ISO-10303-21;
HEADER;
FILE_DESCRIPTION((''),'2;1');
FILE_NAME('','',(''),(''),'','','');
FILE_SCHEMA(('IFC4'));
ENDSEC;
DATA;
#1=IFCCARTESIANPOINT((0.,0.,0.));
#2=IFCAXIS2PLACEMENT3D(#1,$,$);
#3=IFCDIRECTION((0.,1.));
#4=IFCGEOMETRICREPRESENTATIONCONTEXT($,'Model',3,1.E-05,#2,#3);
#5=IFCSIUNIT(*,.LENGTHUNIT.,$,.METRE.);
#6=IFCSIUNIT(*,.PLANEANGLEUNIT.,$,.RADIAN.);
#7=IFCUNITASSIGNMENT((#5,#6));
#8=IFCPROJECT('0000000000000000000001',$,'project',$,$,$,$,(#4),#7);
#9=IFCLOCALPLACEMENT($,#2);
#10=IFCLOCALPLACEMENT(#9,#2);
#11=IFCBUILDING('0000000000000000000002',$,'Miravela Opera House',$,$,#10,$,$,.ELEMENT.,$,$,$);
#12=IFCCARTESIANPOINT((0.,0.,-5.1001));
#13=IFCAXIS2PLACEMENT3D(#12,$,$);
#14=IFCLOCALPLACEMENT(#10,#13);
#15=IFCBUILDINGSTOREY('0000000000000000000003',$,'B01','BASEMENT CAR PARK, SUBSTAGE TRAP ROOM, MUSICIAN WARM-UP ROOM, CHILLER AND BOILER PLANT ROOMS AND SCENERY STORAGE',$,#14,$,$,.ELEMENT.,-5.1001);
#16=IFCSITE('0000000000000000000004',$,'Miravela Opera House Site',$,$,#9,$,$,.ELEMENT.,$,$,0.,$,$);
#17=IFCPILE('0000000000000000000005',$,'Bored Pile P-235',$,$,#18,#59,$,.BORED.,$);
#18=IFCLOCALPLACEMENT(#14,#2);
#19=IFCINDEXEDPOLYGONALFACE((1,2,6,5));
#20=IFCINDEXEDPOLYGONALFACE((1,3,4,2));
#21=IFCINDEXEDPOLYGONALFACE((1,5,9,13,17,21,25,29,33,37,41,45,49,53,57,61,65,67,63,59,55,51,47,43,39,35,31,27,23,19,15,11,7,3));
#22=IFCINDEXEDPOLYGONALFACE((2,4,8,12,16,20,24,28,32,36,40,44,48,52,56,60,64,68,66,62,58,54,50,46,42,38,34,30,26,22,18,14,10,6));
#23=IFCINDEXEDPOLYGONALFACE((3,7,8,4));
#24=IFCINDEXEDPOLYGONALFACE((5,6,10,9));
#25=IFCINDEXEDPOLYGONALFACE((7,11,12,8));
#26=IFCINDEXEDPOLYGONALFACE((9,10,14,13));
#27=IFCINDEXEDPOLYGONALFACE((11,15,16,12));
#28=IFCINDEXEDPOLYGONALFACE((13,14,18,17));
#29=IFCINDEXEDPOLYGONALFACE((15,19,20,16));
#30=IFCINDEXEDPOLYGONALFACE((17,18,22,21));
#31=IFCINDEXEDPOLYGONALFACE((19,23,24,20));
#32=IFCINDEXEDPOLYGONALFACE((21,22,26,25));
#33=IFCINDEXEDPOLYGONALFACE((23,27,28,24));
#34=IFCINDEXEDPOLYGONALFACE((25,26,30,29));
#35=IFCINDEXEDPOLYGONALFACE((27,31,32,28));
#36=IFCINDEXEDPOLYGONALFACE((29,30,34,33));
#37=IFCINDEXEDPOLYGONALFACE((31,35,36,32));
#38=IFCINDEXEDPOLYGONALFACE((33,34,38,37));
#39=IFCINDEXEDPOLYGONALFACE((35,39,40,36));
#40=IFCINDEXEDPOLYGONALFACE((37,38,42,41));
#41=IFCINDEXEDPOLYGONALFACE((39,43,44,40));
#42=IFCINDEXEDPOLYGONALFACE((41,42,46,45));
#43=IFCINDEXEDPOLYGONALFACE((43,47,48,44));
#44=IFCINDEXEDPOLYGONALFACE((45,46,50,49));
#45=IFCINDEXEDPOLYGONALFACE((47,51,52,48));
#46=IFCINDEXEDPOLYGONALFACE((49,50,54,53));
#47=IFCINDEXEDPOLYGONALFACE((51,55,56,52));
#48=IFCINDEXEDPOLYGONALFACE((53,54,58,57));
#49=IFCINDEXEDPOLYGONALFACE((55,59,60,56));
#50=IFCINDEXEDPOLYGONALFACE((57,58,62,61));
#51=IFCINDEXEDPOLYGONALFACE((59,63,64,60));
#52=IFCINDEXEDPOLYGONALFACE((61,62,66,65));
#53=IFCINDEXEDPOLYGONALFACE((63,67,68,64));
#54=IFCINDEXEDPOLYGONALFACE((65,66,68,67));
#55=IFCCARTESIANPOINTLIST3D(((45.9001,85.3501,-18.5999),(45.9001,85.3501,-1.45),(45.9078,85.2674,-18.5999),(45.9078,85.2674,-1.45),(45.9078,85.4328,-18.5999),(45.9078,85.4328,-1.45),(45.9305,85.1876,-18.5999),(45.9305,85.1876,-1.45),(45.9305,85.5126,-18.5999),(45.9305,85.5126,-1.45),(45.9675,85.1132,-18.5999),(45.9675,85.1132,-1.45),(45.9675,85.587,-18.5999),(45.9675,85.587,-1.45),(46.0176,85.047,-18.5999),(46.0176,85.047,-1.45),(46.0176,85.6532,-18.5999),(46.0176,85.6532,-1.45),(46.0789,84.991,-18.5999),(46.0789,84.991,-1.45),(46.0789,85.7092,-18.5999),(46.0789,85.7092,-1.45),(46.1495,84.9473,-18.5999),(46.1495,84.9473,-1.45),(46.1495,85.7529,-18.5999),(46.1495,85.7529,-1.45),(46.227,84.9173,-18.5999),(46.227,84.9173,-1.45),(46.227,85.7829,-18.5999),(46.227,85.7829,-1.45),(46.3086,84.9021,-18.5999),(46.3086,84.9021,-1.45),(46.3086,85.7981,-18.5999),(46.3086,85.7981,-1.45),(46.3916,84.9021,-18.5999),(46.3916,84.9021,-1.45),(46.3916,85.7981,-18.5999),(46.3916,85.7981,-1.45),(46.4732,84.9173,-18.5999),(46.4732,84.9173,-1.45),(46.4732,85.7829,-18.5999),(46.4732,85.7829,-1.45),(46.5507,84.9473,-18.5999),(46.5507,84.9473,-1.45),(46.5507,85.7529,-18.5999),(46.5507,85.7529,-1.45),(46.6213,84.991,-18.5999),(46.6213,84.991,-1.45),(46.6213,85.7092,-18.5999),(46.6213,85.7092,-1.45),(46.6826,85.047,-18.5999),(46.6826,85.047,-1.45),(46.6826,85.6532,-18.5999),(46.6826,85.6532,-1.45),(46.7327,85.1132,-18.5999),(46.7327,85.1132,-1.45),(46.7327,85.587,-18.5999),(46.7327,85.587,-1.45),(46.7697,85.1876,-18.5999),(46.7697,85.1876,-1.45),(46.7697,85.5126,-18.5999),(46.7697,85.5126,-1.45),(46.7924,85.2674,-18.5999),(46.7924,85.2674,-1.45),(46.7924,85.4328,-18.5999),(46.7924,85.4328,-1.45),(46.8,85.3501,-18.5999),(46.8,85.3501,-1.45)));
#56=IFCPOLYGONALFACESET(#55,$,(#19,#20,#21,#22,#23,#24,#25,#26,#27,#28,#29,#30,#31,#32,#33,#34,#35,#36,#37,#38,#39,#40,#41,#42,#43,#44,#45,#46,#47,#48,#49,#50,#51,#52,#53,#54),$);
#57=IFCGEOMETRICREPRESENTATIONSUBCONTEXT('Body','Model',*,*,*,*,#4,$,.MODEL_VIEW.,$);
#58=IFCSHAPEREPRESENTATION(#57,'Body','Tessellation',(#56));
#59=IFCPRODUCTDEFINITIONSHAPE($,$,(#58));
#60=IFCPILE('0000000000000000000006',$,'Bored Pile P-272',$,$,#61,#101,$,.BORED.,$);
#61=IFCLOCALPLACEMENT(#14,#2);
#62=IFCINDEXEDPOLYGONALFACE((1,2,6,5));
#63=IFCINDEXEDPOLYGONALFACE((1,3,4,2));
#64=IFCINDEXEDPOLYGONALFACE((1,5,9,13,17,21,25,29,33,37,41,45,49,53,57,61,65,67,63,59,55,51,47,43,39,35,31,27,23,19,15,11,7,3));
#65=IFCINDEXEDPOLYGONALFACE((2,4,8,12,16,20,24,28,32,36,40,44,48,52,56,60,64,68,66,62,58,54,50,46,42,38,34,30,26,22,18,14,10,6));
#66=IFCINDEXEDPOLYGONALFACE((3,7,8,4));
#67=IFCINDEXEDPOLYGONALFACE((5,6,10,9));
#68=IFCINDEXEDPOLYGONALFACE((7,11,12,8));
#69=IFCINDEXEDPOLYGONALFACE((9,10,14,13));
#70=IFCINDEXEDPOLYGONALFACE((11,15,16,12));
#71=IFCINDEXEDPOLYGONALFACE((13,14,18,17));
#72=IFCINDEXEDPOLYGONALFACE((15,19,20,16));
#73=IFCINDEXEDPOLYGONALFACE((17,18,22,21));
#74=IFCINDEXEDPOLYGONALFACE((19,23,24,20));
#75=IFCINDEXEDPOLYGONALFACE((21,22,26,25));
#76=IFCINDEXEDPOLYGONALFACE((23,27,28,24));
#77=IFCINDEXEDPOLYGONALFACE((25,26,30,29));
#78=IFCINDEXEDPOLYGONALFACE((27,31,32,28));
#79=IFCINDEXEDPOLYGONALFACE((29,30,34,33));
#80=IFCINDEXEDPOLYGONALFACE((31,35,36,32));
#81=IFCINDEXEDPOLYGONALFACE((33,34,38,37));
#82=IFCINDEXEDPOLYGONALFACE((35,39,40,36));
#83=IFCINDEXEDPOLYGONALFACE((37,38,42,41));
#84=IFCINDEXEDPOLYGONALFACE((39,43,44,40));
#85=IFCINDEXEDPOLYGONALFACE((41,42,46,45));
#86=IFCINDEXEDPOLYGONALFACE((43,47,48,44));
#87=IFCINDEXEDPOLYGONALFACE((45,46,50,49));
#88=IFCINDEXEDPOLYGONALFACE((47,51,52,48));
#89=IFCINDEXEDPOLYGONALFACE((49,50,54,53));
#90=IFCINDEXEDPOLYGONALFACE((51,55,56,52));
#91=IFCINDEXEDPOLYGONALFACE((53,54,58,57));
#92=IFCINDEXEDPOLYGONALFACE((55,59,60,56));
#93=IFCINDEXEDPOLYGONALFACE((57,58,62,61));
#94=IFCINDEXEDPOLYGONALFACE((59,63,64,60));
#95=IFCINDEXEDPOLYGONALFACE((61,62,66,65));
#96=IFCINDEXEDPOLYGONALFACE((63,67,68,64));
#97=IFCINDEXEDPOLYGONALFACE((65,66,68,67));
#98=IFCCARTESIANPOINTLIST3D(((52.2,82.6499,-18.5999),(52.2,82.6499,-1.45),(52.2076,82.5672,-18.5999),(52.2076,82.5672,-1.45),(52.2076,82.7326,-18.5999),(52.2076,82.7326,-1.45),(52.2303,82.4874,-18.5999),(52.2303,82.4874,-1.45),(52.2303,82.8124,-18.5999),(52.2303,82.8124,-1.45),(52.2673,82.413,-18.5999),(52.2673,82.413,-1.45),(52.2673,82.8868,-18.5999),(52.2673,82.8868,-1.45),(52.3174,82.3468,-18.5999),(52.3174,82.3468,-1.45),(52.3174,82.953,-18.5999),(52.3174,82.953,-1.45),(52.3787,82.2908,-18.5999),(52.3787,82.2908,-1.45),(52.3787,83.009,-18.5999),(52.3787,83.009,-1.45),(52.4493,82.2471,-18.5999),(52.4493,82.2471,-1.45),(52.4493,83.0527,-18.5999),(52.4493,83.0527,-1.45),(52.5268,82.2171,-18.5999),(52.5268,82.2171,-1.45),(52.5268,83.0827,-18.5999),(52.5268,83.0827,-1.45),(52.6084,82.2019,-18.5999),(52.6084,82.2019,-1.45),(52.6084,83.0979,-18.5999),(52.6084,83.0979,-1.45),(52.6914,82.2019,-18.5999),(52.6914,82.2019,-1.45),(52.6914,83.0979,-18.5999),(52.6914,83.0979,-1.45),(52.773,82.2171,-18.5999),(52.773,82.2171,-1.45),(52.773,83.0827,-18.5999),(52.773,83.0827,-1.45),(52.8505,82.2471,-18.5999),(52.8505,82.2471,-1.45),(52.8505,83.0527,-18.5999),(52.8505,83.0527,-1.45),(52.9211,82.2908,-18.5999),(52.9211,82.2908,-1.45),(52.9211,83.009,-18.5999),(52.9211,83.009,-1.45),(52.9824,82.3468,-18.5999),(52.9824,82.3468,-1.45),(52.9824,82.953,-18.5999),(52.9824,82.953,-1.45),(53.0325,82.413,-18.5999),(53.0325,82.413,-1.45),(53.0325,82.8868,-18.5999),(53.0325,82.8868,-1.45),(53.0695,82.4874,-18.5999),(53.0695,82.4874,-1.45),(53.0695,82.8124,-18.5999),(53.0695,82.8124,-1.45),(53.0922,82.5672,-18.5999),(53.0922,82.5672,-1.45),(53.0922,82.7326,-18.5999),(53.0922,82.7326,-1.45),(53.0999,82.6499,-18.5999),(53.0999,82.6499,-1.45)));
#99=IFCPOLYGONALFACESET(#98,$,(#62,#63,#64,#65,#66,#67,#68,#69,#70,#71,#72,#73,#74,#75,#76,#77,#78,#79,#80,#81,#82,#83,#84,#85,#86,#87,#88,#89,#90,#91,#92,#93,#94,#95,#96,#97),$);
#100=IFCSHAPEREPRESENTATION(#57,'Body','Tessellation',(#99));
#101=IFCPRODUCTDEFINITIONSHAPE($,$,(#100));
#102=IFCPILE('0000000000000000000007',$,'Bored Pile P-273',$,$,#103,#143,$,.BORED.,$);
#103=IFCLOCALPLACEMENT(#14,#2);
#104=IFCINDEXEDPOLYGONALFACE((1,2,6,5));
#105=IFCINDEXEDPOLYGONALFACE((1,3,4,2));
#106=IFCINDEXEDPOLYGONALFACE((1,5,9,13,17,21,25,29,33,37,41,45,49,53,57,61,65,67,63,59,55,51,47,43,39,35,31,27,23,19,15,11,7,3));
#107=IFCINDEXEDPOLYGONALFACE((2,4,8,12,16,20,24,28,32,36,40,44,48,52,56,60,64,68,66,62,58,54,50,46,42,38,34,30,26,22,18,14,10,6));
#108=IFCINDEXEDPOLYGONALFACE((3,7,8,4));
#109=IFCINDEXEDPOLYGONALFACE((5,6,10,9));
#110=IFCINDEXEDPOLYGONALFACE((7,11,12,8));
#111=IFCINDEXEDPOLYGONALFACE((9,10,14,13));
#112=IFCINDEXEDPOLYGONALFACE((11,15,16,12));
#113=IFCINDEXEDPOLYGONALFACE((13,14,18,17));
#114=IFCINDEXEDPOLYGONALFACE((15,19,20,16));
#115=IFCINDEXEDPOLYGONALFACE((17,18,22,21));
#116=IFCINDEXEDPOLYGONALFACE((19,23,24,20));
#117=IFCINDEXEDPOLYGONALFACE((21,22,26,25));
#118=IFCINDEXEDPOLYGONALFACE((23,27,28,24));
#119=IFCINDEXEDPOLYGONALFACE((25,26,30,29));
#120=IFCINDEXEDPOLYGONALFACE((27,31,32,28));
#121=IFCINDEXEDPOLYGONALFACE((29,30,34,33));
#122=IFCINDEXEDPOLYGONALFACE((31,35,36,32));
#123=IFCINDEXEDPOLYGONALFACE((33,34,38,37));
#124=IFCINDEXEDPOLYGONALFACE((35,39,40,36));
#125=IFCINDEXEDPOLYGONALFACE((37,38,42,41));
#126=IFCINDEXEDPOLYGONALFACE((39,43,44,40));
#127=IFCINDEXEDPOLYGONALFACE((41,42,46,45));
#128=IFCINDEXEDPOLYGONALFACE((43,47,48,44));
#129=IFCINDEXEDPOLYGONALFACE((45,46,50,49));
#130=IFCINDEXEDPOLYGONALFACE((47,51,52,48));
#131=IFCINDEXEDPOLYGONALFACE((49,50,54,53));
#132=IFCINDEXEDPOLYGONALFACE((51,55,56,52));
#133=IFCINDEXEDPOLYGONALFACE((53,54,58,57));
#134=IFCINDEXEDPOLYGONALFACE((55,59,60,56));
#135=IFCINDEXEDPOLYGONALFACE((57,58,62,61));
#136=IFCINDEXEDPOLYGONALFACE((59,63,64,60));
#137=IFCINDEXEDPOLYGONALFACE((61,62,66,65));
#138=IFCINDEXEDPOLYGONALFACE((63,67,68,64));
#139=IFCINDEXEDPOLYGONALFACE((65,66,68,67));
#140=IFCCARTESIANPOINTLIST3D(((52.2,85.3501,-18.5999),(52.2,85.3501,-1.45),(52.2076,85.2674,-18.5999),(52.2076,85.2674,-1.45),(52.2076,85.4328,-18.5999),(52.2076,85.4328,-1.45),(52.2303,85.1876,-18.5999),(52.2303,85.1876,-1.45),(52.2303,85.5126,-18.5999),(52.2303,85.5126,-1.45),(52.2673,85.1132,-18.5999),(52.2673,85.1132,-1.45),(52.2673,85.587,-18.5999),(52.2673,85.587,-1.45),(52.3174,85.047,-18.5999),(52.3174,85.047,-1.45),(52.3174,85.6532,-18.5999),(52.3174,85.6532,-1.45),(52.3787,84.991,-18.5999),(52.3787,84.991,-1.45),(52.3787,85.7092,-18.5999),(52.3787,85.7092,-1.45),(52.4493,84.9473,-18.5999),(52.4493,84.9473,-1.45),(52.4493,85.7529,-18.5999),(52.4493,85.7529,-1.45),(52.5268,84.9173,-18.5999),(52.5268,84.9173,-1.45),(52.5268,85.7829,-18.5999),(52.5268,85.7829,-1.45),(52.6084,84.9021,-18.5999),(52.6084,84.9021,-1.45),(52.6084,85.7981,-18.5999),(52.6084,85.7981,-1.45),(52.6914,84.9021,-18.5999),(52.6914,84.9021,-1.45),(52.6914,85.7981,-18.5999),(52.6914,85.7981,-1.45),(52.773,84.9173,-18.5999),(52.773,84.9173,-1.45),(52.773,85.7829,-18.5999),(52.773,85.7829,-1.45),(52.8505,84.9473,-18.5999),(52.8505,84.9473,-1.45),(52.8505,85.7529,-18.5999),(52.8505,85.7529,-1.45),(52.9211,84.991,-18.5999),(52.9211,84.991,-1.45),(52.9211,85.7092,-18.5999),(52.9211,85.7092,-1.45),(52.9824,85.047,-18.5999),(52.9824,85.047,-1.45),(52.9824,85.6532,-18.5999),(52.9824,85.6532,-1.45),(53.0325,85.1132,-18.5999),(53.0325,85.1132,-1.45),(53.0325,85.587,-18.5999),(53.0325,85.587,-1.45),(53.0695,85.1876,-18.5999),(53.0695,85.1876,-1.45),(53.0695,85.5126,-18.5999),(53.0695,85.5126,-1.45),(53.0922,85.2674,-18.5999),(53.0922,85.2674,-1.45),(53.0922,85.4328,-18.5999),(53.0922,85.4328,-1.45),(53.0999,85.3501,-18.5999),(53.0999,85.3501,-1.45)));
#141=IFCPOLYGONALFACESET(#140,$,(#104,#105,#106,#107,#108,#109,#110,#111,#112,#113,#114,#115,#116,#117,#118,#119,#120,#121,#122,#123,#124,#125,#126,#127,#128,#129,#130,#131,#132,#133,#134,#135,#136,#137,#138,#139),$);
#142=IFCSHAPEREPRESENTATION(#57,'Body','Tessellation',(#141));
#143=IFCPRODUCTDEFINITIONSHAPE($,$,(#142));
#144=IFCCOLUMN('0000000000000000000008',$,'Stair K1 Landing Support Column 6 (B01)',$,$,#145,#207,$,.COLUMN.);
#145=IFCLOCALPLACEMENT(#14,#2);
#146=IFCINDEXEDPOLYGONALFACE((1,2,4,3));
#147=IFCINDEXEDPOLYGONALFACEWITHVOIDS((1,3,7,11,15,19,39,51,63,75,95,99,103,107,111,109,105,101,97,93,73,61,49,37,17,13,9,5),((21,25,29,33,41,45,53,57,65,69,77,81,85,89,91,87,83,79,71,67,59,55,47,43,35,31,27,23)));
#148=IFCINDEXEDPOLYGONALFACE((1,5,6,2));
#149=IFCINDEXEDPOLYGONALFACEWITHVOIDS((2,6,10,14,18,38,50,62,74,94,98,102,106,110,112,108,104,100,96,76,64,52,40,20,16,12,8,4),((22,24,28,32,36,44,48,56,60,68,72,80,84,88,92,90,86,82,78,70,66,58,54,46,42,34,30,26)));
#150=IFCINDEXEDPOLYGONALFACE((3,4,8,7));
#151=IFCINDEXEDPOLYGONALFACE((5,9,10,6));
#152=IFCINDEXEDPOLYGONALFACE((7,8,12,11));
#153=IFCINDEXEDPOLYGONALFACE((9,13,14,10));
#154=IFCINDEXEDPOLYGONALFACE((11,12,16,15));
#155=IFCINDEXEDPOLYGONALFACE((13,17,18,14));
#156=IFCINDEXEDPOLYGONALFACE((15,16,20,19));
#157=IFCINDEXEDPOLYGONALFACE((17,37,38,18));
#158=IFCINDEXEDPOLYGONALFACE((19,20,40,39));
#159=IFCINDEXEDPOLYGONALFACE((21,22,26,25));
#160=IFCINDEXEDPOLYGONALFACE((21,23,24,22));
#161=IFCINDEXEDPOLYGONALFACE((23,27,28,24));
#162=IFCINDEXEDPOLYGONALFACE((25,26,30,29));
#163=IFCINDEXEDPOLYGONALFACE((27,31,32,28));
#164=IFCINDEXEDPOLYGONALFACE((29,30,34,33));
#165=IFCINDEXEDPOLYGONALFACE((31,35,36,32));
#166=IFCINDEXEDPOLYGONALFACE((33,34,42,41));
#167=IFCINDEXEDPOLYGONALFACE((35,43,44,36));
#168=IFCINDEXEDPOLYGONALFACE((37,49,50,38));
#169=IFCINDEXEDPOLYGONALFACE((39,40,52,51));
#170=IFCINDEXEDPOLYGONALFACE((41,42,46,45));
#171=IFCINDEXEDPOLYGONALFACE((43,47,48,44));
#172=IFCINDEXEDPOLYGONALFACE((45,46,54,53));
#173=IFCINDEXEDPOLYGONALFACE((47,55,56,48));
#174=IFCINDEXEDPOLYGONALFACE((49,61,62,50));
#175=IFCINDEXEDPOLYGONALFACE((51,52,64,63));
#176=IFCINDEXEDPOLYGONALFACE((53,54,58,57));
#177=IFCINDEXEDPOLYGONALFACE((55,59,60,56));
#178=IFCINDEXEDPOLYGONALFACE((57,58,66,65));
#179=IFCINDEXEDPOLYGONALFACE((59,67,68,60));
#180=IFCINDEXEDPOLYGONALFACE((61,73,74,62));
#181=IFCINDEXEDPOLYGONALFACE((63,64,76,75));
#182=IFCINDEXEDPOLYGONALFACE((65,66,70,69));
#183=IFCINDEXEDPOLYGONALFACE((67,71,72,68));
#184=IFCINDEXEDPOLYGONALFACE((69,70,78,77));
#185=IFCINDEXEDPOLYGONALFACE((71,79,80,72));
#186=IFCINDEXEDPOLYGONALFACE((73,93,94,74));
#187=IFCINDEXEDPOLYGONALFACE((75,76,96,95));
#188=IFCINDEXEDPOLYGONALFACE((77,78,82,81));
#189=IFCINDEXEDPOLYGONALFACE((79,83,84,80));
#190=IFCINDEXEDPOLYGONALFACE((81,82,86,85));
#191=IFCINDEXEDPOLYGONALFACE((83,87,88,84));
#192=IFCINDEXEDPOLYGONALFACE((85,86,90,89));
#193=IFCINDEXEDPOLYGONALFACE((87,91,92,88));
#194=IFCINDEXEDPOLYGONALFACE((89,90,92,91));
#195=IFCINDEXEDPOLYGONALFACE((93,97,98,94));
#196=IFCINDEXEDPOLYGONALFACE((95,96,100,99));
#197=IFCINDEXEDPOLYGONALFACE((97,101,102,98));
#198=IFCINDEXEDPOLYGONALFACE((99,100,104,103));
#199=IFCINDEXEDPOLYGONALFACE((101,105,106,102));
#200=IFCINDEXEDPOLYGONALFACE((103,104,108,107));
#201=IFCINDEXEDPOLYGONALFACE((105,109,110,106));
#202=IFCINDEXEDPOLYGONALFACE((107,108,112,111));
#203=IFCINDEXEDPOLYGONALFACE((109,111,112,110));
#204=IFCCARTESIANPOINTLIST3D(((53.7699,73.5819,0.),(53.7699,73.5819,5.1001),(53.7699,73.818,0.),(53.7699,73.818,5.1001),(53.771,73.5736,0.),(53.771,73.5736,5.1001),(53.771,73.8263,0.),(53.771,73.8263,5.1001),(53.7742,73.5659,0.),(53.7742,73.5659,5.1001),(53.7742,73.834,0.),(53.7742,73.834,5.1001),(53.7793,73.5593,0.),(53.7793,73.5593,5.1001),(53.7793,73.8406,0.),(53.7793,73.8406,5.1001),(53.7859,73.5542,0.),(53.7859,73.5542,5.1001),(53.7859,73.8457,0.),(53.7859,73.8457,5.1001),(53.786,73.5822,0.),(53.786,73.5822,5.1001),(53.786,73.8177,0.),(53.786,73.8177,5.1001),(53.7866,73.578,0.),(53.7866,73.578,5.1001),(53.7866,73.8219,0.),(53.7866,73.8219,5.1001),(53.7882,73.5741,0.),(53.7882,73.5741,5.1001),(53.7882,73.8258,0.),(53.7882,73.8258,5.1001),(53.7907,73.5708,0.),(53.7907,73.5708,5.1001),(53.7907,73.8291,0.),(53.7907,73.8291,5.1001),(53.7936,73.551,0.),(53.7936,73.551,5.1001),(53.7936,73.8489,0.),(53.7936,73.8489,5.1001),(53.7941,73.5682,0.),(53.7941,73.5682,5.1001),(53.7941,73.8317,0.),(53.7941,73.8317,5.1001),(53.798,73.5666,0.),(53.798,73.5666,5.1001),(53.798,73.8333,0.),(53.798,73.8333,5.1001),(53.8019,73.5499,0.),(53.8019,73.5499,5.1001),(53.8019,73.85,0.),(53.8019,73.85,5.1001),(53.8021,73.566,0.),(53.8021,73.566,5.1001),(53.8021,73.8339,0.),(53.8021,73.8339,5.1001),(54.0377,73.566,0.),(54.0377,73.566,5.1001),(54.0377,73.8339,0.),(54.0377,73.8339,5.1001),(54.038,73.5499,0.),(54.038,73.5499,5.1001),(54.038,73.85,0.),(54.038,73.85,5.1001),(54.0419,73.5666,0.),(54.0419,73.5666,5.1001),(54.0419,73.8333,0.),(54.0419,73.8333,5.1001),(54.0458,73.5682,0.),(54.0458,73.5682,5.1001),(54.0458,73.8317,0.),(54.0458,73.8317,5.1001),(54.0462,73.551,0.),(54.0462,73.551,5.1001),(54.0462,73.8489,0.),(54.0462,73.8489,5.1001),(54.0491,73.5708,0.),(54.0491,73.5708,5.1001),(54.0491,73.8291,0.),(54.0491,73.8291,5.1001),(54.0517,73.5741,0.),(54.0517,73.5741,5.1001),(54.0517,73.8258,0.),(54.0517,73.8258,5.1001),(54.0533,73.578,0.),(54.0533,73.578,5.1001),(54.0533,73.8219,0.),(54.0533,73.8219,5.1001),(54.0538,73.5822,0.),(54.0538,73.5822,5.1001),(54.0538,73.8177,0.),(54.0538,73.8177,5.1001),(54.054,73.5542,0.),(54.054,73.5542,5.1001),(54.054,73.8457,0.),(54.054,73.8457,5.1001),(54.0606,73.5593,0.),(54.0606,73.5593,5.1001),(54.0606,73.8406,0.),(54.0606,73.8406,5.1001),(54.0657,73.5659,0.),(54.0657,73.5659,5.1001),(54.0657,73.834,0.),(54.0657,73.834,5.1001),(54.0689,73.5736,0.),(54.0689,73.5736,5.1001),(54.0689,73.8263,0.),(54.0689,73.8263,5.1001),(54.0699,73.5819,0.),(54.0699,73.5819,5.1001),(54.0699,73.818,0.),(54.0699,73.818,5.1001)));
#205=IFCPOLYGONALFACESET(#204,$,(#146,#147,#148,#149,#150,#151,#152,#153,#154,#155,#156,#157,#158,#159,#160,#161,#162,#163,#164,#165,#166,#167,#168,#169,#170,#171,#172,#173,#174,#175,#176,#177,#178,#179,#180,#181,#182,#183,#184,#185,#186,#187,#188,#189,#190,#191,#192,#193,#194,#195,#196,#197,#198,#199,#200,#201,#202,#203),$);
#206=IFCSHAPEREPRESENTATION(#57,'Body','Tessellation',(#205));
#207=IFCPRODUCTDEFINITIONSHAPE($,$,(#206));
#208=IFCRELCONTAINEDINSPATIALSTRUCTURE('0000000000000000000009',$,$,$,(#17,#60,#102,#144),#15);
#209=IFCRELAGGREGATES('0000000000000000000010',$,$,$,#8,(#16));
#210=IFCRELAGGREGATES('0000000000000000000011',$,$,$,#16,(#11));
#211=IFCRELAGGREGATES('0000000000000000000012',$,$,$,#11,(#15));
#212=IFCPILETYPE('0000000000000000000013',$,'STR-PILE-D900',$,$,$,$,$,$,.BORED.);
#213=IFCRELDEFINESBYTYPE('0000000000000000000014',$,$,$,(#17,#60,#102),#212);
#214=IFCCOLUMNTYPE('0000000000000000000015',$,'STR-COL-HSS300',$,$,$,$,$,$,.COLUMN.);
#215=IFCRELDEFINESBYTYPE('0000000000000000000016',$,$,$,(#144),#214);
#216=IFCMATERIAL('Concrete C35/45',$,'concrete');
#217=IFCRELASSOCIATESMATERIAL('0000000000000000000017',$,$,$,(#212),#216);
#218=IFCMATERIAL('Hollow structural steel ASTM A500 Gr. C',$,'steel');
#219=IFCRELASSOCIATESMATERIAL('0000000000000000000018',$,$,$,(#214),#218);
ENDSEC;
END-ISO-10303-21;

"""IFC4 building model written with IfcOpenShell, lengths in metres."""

from ifc_helpers import new_model, si_unit, direction, frame, origin, origin_2d, place, context, subcontext, project, spatial, hollow_rectangle, circle, extrude, material, material_profile, profile_set, type_object, element, save


model = new_model("IFC4")

# Units and contexts
model_context = context("Model", 3, precision=1e-05, world=origin(), true_north=direction((0.0, 1.0)))
body_context = subcontext(model_context, "Body", "Model", "MODEL_VIEW")
ifc_project = project(units=[si_unit("LENGTHUNIT", "METRE"), si_unit("PLANEANGLEUNIT", "RADIAN")], contexts=[model_context])

# Site, building, storey
site_placement = place(None, origin())
site = spatial("IfcSite", under=ifc_project, at=site_placement, Name="Miravela Opera House Site", CompositionType="ELEMENT", RefElevation=0.0)
building_placement = place(site_placement, origin())
building = spatial("IfcBuilding", under=site, at=building_placement, Name="Miravela Opera House", CompositionType="ELEMENT")
storey_placement = place(building_placement, frame((0.0, 0.0, -5.1001)))
storey = spatial("IfcBuildingStorey", under=building, at=storey_placement, Name="B01", Description="BASEMENT CAR PARK, SUBSTAGE TRAP ROOM, MUSICIAN WARM-UP ROOM, CHILLER AND BOILER PLANT ROOMS AND SCENERY STORAGE", CompositionType="ELEMENT", Elevation=-5.1001)

# Shared definitions
ifc_material_1 = material(Name="Concrete C35/45", Category="concrete")

# Piles
ifc_material_profile_1 = material_profile(ifc_material_1, circle(Radius=0.45, at=origin_2d()), Name="PILE-D900")
ifc_profile_set_1 = profile_set([ifc_material_profile_1])
pile_type_1 = type_object("IfcPileType", Name="STR-PILE-D900", PredefinedType="BORED", material=ifc_profile_set_1)
for number, where, z_axis, x_axis, name in (
    (1, (46.3501, 85.3501, -1.45), (0.0, 0.0, -1.0), (1.0, 0.0, 0.0), "Bored Pile P-235"),
    (2, (52.6499, 82.6499, -1.45), (0.0, 0.0, -1.0), (1.0, 0.0, 0.0), "Bored Pile P-272"),
    (3, (52.6499, 85.3501, -1.45), (0.0, 0.0, -1.0), (1.0, 0.0, 0.0), "Bored Pile P-273"),
):
    element("IfcPile", number, at=place(storey_placement, frame(where, z_axis=z_axis, x_axis=x_axis)), inside=storey, type_object=pile_type_1, Name=name, PredefinedType="BORED", context=body_context, shape_type="SweptSolid", body=[
        extrude(circle(Radius=0.45, at=origin_2d()), origin(), (0.0, 0.0, 1.0), 17.1499),
    ])

# Column
ifc_material_2 = material(Name="Hollow structural steel ASTM A500 Gr. C", Category="steel")
ifc_material_profile_2 = material_profile(ifc_material_2, hollow_rectangle(XDim=0.3, YDim=0.3, WallThickness=0.0161, InnerFilletRadius=0.0161, OuterFilletRadius=0.032, at=origin_2d()), Name="HSS300X300X16")
ifc_profile_set_2 = profile_set([ifc_material_profile_2])
column_type_1 = type_object("IfcColumnType", Name="STR-COL-HSS300", PredefinedType="COLUMN", material=ifc_profile_set_2)
column_1_placement = place(storey_placement, frame((53.9199, 73.7, 0.0), z_axis=(0.0, 0.0, 1.0), x_axis=(1.0, 0.0, 0.0)))
element("IfcColumn", 4, at=column_1_placement, inside=storey, type_object=column_type_1, Name="Stair K1 Landing Support Column 6 (B01)", PredefinedType="COLUMN", context=body_context, shape_type="SweptSolid", body=[
    extrude(hollow_rectangle(XDim=0.3, YDim=0.3, WallThickness=0.0161, InnerFilletRadius=0.0161, OuterFilletRadius=0.032, at=origin_2d()), origin(), (0.0, 0.0, 1.0), 5.1001),
])

save(model, "model.ifc")
